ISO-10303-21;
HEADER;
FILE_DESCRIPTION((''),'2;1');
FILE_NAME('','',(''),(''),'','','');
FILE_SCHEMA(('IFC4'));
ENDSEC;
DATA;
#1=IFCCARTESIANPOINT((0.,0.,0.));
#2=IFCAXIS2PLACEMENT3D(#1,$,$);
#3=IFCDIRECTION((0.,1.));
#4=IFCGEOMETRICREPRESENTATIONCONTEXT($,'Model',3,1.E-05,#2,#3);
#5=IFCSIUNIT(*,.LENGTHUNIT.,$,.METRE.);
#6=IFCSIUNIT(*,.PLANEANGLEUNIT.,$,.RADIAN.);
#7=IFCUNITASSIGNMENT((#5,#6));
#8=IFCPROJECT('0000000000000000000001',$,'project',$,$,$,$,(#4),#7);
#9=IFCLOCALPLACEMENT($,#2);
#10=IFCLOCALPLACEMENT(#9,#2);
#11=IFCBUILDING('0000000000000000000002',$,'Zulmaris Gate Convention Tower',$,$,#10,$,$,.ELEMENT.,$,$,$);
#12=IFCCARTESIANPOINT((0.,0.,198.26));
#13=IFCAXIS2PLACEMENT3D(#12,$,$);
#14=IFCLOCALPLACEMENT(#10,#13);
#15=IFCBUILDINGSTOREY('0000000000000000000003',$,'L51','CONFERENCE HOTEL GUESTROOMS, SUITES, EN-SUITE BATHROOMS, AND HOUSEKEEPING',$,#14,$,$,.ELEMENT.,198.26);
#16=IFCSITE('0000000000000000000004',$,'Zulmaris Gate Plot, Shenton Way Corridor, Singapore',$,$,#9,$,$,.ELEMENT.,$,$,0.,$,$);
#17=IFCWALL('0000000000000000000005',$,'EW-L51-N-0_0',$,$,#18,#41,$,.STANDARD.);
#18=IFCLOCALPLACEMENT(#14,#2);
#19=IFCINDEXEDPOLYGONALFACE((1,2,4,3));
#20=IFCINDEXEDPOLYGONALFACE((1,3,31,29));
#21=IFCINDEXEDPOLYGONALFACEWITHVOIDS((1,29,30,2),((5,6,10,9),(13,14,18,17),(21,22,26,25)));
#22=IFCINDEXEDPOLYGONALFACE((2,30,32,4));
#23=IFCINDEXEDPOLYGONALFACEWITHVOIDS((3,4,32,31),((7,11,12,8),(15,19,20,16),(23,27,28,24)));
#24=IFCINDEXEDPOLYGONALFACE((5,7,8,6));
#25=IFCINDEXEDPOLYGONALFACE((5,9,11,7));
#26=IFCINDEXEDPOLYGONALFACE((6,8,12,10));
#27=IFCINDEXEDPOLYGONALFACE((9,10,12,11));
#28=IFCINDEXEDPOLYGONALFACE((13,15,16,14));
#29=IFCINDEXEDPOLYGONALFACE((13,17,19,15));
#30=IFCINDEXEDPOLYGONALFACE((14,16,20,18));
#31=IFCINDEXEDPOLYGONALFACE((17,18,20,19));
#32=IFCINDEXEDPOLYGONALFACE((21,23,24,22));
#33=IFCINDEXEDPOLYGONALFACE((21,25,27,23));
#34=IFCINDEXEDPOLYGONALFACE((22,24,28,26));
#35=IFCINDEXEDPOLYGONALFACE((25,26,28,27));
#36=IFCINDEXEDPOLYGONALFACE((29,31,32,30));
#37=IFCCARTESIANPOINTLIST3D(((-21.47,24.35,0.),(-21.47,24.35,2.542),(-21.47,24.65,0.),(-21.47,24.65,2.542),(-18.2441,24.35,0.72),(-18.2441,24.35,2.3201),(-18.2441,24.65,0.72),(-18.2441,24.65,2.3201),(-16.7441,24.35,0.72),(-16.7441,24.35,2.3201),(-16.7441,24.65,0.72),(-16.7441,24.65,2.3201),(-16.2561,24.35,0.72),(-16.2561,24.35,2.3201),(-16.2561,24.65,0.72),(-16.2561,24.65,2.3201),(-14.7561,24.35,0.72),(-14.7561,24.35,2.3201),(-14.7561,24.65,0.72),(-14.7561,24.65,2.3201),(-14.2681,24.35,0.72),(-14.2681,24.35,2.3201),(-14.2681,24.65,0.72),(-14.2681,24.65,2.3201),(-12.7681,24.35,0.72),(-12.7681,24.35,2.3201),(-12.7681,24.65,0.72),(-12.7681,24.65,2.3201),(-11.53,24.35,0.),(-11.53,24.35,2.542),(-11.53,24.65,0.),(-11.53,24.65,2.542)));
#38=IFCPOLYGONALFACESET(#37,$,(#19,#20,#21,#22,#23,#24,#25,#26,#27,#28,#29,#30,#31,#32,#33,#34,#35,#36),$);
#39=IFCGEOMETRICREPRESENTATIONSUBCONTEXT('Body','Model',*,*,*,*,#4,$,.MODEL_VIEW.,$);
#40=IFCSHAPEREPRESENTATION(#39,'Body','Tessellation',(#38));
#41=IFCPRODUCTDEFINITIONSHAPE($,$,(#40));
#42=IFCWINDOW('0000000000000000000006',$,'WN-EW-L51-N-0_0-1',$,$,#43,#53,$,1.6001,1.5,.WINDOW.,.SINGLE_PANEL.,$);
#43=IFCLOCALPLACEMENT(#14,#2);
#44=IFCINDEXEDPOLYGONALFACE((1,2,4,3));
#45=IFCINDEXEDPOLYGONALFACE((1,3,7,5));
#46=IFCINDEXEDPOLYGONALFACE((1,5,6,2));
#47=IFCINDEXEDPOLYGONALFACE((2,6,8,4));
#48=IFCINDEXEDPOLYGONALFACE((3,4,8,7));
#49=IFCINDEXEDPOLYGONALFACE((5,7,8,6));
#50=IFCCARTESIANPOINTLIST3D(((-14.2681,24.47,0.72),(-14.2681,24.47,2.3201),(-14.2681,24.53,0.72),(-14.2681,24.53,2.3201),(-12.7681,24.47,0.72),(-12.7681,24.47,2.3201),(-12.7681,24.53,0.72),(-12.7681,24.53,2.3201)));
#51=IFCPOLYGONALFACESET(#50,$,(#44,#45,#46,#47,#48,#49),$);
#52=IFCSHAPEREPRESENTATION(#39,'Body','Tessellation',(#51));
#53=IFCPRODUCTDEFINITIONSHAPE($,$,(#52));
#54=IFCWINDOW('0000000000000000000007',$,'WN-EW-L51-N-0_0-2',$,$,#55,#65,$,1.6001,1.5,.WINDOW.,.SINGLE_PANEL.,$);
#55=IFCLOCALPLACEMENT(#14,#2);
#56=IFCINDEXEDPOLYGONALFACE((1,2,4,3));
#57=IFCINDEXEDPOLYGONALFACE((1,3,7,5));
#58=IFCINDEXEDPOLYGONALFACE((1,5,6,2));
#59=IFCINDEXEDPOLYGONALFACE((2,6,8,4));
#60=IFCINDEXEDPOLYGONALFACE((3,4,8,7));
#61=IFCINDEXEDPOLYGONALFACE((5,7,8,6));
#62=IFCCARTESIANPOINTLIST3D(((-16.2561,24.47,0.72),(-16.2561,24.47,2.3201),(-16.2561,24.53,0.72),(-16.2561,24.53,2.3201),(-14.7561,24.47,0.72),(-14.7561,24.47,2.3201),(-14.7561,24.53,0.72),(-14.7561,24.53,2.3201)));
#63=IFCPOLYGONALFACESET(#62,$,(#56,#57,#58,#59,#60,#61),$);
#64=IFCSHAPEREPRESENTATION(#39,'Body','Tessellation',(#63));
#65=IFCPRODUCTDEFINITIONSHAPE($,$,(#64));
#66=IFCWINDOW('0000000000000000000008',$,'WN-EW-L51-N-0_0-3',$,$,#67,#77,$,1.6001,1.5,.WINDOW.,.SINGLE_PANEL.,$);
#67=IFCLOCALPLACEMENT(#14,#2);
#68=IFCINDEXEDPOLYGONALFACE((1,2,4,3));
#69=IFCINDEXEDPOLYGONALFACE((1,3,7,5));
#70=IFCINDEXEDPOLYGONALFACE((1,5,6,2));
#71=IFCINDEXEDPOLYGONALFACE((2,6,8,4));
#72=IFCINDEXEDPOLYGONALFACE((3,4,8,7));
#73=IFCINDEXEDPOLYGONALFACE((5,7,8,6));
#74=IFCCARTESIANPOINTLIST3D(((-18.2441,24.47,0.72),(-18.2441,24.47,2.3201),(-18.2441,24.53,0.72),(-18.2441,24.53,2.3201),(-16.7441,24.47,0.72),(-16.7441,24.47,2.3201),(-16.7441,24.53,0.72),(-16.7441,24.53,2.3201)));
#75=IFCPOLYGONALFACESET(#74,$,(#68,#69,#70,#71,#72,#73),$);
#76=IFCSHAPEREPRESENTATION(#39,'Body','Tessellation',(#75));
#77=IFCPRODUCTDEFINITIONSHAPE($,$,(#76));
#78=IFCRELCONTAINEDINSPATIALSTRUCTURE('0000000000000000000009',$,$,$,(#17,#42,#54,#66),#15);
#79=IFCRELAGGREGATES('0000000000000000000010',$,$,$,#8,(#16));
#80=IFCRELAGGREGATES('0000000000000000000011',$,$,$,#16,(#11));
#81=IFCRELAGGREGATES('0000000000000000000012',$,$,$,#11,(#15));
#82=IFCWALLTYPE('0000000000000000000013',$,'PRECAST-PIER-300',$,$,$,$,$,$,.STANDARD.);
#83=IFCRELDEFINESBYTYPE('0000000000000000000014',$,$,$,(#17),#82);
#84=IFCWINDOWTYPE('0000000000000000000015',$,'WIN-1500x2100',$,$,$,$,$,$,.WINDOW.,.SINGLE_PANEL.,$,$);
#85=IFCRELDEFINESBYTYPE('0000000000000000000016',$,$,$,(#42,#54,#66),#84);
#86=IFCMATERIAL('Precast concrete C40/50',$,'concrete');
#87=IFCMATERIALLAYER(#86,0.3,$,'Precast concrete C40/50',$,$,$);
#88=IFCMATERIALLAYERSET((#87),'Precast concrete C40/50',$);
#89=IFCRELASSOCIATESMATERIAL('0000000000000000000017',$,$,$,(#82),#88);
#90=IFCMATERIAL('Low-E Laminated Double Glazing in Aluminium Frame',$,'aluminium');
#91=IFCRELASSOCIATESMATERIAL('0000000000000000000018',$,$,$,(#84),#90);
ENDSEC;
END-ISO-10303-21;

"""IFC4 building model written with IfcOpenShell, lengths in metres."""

from ifc_helpers import new_model, si_unit, direction, frame, frame_2d, origin, place, context, subcontext, project, spatial, rectangle, extrude, material, layer, layer_set, type_object, element, fill, save


model = new_model("IFC4")

# Units and contexts
model_context = context("Model", 3, precision=1e-05, world=origin(), true_north=direction((0.0, 1.0)))
body_context = subcontext(model_context, "Body", "Model", "MODEL_VIEW")
ifc_project = project(units=[si_unit("LENGTHUNIT", "METRE"), si_unit("PLANEANGLEUNIT", "RADIAN")], contexts=[model_context])

# Site, building, storey
site_placement = place(None, origin())
site = spatial("IfcSite", under=ifc_project, at=site_placement, Name="Zulmaris Gate Plot, Shenton Way Corridor, Singapore", CompositionType="ELEMENT", RefElevation=0.0)
building_placement = place(site_placement, origin())
building = spatial("IfcBuilding", under=site, at=building_placement, Name="Zulmaris Gate Convention Tower", CompositionType="ELEMENT")
storey_placement = place(building_placement, frame((0.0, 0.0, 198.26)))
storey = spatial("IfcBuildingStorey", under=building, at=storey_placement, Name="L51", Description="CONFERENCE HOTEL GUESTROOMS, SUITES, EN-SUITE BATHROOMS, AND HOUSEKEEPING", CompositionType="ELEMENT", Elevation=198.26)

# Wall, openings, windows
ifc_material_1 = material(Name="Precast concrete C40/50", Category="concrete")
ifc_layer_1 = layer(ifc_material_1, 0.3, Name="Precast concrete C40/50")
ifc_layer_set_1 = layer_set([ifc_layer_1], Name="Precast concrete C40/50")
wall_type_1 = type_object("IfcWallType", Name="PRECAST-PIER-300", PredefinedType="STANDARD", material=ifc_layer_set_1)
wall_1_placement = place(storey_placement, frame((-11.53, 24.5, 0.0), z_axis=(0.0, 0.0, 1.0), x_axis=(-1.0, 0.0, 0.0)))
wall_1 = element("IfcWall", 1, at=wall_1_placement, inside=storey, type_object=wall_type_1, Name="EW-L51-N-0_0", PredefinedType="STANDARD", context=body_context, shape_type="SweptSolid", body=[
    extrude(rectangle(XDim=9.9399, YDim=0.3, at=frame_2d((4.97, 0.0))), origin(), (0.0, 0.0, 1.0), 2.542),
])
opening_1_placement = place(wall_1_placement, frame((1.238, 0.0, 0.72)))
opening_1 = element("IfcOpeningElement", 2, at=opening_1_placement, cuts=wall_1, PredefinedType="OPENING", context=body_context, shape_type="SweptSolid", body=[
    extrude(rectangle(XDim=1.5, YDim=1.6001, at=frame_2d((0.75, 0.8))), frame((0.0, 0.1602, 0.0), z_axis=(0.0, -1.0, 0.0), x_axis=(1.0, 0.0, 0.0)), (0.0, 0.0, 1.0), 0.3201),
])
opening_2_placement = place(wall_1_placement, frame((3.2261, 0.0, 0.72)))
opening_2 = element("IfcOpeningElement", 3, at=opening_2_placement, cuts=wall_1, PredefinedType="OPENING", context=body_context, shape_type="SweptSolid", body=[
    extrude(rectangle(XDim=1.5, YDim=1.6001, at=frame_2d((0.75, 0.8))), frame((0.0, 0.1602, 0.0), z_axis=(0.0, -1.0, 0.0), x_axis=(1.0, 0.0, 0.0)), (0.0, 0.0, 1.0), 0.3201),
])
opening_3_placement = place(wall_1_placement, frame((5.2141, 0.0, 0.72)))
opening_3 = element("IfcOpeningElement", 4, at=opening_3_placement, cuts=wall_1, PredefinedType="OPENING", context=body_context, shape_type="SweptSolid", body=[
    extrude(rectangle(XDim=1.5, YDim=1.6001, at=frame_2d((0.75, 0.8))), frame((0.0, 0.1602, 0.0), z_axis=(0.0, -1.0, 0.0), x_axis=(1.0, 0.0, 0.0)), (0.0, 0.0, 1.0), 0.3201),
])
ifc_material_2 = material(Name="Low-E Laminated Double Glazing in Aluminium Frame", Category="aluminium")
window_type = type_object("IfcWindowType", Name="WIN-1500x2100", PartitioningType="SINGLE_PANEL", PredefinedType="WINDOW", material=ifc_material_2)
window_1_placement = place(opening_1_placement, origin())
window_1 = element("IfcWindow", 5, at=window_1_placement, inside=storey, type_object=window_type, Name="WN-EW-L51-N-0_0-1", OverallHeight=1.6001, OverallWidth=1.5, PartitioningType="SINGLE_PANEL", PredefinedType="WINDOW", context=body_context, shape_type="SweptSolid", body=[
    extrude(rectangle(XDim=1.5, YDim=1.6001, at=frame_2d((0.75, 0.8))), frame((0.0, 0.03, 0.0), z_axis=(0.0, -1.0, 0.0), x_axis=(1.0, 0.0, 0.0)), (0.0, 0.0, 1.0), 0.0601),
])
fill(opening_1, window_1)
window_2_placement = place(opening_2_placement, origin())
window_2 = element("IfcWindow", 6, at=window_2_placement, inside=storey, type_object=window_type, Name="WN-EW-L51-N-0_0-2", OverallHeight=1.6001, OverallWidth=1.5, PartitioningType="SINGLE_PANEL", PredefinedType="WINDOW", context=body_context, shape_type="SweptSolid", body=[
    extrude(rectangle(XDim=1.5, YDim=1.6001, at=frame_2d((0.75, 0.8))), frame((0.0, 0.03, 0.0), z_axis=(0.0, -1.0, 0.0), x_axis=(1.0, 0.0, 0.0)), (0.0, 0.0, 1.0), 0.0601),
])
fill(opening_2, window_2)
window_3_placement = place(opening_3_placement, origin())
window_3 = element("IfcWindow", 7, at=window_3_placement, inside=storey, type_object=window_type, Name="WN-EW-L51-N-0_0-3", OverallHeight=1.6001, OverallWidth=1.5, PartitioningType="SINGLE_PANEL", PredefinedType="WINDOW", context=body_context, shape_type="SweptSolid", body=[
    extrude(rectangle(XDim=1.5, YDim=1.6001, at=frame_2d((0.75, 0.8))), frame((0.0, 0.03, 0.0), z_axis=(0.0, -1.0, 0.0), x_axis=(1.0, 0.0, 0.0)), (0.0, 0.0, 1.0), 0.0601),
])
fill(opening_3, window_3)

save(model, "model.ifc")
